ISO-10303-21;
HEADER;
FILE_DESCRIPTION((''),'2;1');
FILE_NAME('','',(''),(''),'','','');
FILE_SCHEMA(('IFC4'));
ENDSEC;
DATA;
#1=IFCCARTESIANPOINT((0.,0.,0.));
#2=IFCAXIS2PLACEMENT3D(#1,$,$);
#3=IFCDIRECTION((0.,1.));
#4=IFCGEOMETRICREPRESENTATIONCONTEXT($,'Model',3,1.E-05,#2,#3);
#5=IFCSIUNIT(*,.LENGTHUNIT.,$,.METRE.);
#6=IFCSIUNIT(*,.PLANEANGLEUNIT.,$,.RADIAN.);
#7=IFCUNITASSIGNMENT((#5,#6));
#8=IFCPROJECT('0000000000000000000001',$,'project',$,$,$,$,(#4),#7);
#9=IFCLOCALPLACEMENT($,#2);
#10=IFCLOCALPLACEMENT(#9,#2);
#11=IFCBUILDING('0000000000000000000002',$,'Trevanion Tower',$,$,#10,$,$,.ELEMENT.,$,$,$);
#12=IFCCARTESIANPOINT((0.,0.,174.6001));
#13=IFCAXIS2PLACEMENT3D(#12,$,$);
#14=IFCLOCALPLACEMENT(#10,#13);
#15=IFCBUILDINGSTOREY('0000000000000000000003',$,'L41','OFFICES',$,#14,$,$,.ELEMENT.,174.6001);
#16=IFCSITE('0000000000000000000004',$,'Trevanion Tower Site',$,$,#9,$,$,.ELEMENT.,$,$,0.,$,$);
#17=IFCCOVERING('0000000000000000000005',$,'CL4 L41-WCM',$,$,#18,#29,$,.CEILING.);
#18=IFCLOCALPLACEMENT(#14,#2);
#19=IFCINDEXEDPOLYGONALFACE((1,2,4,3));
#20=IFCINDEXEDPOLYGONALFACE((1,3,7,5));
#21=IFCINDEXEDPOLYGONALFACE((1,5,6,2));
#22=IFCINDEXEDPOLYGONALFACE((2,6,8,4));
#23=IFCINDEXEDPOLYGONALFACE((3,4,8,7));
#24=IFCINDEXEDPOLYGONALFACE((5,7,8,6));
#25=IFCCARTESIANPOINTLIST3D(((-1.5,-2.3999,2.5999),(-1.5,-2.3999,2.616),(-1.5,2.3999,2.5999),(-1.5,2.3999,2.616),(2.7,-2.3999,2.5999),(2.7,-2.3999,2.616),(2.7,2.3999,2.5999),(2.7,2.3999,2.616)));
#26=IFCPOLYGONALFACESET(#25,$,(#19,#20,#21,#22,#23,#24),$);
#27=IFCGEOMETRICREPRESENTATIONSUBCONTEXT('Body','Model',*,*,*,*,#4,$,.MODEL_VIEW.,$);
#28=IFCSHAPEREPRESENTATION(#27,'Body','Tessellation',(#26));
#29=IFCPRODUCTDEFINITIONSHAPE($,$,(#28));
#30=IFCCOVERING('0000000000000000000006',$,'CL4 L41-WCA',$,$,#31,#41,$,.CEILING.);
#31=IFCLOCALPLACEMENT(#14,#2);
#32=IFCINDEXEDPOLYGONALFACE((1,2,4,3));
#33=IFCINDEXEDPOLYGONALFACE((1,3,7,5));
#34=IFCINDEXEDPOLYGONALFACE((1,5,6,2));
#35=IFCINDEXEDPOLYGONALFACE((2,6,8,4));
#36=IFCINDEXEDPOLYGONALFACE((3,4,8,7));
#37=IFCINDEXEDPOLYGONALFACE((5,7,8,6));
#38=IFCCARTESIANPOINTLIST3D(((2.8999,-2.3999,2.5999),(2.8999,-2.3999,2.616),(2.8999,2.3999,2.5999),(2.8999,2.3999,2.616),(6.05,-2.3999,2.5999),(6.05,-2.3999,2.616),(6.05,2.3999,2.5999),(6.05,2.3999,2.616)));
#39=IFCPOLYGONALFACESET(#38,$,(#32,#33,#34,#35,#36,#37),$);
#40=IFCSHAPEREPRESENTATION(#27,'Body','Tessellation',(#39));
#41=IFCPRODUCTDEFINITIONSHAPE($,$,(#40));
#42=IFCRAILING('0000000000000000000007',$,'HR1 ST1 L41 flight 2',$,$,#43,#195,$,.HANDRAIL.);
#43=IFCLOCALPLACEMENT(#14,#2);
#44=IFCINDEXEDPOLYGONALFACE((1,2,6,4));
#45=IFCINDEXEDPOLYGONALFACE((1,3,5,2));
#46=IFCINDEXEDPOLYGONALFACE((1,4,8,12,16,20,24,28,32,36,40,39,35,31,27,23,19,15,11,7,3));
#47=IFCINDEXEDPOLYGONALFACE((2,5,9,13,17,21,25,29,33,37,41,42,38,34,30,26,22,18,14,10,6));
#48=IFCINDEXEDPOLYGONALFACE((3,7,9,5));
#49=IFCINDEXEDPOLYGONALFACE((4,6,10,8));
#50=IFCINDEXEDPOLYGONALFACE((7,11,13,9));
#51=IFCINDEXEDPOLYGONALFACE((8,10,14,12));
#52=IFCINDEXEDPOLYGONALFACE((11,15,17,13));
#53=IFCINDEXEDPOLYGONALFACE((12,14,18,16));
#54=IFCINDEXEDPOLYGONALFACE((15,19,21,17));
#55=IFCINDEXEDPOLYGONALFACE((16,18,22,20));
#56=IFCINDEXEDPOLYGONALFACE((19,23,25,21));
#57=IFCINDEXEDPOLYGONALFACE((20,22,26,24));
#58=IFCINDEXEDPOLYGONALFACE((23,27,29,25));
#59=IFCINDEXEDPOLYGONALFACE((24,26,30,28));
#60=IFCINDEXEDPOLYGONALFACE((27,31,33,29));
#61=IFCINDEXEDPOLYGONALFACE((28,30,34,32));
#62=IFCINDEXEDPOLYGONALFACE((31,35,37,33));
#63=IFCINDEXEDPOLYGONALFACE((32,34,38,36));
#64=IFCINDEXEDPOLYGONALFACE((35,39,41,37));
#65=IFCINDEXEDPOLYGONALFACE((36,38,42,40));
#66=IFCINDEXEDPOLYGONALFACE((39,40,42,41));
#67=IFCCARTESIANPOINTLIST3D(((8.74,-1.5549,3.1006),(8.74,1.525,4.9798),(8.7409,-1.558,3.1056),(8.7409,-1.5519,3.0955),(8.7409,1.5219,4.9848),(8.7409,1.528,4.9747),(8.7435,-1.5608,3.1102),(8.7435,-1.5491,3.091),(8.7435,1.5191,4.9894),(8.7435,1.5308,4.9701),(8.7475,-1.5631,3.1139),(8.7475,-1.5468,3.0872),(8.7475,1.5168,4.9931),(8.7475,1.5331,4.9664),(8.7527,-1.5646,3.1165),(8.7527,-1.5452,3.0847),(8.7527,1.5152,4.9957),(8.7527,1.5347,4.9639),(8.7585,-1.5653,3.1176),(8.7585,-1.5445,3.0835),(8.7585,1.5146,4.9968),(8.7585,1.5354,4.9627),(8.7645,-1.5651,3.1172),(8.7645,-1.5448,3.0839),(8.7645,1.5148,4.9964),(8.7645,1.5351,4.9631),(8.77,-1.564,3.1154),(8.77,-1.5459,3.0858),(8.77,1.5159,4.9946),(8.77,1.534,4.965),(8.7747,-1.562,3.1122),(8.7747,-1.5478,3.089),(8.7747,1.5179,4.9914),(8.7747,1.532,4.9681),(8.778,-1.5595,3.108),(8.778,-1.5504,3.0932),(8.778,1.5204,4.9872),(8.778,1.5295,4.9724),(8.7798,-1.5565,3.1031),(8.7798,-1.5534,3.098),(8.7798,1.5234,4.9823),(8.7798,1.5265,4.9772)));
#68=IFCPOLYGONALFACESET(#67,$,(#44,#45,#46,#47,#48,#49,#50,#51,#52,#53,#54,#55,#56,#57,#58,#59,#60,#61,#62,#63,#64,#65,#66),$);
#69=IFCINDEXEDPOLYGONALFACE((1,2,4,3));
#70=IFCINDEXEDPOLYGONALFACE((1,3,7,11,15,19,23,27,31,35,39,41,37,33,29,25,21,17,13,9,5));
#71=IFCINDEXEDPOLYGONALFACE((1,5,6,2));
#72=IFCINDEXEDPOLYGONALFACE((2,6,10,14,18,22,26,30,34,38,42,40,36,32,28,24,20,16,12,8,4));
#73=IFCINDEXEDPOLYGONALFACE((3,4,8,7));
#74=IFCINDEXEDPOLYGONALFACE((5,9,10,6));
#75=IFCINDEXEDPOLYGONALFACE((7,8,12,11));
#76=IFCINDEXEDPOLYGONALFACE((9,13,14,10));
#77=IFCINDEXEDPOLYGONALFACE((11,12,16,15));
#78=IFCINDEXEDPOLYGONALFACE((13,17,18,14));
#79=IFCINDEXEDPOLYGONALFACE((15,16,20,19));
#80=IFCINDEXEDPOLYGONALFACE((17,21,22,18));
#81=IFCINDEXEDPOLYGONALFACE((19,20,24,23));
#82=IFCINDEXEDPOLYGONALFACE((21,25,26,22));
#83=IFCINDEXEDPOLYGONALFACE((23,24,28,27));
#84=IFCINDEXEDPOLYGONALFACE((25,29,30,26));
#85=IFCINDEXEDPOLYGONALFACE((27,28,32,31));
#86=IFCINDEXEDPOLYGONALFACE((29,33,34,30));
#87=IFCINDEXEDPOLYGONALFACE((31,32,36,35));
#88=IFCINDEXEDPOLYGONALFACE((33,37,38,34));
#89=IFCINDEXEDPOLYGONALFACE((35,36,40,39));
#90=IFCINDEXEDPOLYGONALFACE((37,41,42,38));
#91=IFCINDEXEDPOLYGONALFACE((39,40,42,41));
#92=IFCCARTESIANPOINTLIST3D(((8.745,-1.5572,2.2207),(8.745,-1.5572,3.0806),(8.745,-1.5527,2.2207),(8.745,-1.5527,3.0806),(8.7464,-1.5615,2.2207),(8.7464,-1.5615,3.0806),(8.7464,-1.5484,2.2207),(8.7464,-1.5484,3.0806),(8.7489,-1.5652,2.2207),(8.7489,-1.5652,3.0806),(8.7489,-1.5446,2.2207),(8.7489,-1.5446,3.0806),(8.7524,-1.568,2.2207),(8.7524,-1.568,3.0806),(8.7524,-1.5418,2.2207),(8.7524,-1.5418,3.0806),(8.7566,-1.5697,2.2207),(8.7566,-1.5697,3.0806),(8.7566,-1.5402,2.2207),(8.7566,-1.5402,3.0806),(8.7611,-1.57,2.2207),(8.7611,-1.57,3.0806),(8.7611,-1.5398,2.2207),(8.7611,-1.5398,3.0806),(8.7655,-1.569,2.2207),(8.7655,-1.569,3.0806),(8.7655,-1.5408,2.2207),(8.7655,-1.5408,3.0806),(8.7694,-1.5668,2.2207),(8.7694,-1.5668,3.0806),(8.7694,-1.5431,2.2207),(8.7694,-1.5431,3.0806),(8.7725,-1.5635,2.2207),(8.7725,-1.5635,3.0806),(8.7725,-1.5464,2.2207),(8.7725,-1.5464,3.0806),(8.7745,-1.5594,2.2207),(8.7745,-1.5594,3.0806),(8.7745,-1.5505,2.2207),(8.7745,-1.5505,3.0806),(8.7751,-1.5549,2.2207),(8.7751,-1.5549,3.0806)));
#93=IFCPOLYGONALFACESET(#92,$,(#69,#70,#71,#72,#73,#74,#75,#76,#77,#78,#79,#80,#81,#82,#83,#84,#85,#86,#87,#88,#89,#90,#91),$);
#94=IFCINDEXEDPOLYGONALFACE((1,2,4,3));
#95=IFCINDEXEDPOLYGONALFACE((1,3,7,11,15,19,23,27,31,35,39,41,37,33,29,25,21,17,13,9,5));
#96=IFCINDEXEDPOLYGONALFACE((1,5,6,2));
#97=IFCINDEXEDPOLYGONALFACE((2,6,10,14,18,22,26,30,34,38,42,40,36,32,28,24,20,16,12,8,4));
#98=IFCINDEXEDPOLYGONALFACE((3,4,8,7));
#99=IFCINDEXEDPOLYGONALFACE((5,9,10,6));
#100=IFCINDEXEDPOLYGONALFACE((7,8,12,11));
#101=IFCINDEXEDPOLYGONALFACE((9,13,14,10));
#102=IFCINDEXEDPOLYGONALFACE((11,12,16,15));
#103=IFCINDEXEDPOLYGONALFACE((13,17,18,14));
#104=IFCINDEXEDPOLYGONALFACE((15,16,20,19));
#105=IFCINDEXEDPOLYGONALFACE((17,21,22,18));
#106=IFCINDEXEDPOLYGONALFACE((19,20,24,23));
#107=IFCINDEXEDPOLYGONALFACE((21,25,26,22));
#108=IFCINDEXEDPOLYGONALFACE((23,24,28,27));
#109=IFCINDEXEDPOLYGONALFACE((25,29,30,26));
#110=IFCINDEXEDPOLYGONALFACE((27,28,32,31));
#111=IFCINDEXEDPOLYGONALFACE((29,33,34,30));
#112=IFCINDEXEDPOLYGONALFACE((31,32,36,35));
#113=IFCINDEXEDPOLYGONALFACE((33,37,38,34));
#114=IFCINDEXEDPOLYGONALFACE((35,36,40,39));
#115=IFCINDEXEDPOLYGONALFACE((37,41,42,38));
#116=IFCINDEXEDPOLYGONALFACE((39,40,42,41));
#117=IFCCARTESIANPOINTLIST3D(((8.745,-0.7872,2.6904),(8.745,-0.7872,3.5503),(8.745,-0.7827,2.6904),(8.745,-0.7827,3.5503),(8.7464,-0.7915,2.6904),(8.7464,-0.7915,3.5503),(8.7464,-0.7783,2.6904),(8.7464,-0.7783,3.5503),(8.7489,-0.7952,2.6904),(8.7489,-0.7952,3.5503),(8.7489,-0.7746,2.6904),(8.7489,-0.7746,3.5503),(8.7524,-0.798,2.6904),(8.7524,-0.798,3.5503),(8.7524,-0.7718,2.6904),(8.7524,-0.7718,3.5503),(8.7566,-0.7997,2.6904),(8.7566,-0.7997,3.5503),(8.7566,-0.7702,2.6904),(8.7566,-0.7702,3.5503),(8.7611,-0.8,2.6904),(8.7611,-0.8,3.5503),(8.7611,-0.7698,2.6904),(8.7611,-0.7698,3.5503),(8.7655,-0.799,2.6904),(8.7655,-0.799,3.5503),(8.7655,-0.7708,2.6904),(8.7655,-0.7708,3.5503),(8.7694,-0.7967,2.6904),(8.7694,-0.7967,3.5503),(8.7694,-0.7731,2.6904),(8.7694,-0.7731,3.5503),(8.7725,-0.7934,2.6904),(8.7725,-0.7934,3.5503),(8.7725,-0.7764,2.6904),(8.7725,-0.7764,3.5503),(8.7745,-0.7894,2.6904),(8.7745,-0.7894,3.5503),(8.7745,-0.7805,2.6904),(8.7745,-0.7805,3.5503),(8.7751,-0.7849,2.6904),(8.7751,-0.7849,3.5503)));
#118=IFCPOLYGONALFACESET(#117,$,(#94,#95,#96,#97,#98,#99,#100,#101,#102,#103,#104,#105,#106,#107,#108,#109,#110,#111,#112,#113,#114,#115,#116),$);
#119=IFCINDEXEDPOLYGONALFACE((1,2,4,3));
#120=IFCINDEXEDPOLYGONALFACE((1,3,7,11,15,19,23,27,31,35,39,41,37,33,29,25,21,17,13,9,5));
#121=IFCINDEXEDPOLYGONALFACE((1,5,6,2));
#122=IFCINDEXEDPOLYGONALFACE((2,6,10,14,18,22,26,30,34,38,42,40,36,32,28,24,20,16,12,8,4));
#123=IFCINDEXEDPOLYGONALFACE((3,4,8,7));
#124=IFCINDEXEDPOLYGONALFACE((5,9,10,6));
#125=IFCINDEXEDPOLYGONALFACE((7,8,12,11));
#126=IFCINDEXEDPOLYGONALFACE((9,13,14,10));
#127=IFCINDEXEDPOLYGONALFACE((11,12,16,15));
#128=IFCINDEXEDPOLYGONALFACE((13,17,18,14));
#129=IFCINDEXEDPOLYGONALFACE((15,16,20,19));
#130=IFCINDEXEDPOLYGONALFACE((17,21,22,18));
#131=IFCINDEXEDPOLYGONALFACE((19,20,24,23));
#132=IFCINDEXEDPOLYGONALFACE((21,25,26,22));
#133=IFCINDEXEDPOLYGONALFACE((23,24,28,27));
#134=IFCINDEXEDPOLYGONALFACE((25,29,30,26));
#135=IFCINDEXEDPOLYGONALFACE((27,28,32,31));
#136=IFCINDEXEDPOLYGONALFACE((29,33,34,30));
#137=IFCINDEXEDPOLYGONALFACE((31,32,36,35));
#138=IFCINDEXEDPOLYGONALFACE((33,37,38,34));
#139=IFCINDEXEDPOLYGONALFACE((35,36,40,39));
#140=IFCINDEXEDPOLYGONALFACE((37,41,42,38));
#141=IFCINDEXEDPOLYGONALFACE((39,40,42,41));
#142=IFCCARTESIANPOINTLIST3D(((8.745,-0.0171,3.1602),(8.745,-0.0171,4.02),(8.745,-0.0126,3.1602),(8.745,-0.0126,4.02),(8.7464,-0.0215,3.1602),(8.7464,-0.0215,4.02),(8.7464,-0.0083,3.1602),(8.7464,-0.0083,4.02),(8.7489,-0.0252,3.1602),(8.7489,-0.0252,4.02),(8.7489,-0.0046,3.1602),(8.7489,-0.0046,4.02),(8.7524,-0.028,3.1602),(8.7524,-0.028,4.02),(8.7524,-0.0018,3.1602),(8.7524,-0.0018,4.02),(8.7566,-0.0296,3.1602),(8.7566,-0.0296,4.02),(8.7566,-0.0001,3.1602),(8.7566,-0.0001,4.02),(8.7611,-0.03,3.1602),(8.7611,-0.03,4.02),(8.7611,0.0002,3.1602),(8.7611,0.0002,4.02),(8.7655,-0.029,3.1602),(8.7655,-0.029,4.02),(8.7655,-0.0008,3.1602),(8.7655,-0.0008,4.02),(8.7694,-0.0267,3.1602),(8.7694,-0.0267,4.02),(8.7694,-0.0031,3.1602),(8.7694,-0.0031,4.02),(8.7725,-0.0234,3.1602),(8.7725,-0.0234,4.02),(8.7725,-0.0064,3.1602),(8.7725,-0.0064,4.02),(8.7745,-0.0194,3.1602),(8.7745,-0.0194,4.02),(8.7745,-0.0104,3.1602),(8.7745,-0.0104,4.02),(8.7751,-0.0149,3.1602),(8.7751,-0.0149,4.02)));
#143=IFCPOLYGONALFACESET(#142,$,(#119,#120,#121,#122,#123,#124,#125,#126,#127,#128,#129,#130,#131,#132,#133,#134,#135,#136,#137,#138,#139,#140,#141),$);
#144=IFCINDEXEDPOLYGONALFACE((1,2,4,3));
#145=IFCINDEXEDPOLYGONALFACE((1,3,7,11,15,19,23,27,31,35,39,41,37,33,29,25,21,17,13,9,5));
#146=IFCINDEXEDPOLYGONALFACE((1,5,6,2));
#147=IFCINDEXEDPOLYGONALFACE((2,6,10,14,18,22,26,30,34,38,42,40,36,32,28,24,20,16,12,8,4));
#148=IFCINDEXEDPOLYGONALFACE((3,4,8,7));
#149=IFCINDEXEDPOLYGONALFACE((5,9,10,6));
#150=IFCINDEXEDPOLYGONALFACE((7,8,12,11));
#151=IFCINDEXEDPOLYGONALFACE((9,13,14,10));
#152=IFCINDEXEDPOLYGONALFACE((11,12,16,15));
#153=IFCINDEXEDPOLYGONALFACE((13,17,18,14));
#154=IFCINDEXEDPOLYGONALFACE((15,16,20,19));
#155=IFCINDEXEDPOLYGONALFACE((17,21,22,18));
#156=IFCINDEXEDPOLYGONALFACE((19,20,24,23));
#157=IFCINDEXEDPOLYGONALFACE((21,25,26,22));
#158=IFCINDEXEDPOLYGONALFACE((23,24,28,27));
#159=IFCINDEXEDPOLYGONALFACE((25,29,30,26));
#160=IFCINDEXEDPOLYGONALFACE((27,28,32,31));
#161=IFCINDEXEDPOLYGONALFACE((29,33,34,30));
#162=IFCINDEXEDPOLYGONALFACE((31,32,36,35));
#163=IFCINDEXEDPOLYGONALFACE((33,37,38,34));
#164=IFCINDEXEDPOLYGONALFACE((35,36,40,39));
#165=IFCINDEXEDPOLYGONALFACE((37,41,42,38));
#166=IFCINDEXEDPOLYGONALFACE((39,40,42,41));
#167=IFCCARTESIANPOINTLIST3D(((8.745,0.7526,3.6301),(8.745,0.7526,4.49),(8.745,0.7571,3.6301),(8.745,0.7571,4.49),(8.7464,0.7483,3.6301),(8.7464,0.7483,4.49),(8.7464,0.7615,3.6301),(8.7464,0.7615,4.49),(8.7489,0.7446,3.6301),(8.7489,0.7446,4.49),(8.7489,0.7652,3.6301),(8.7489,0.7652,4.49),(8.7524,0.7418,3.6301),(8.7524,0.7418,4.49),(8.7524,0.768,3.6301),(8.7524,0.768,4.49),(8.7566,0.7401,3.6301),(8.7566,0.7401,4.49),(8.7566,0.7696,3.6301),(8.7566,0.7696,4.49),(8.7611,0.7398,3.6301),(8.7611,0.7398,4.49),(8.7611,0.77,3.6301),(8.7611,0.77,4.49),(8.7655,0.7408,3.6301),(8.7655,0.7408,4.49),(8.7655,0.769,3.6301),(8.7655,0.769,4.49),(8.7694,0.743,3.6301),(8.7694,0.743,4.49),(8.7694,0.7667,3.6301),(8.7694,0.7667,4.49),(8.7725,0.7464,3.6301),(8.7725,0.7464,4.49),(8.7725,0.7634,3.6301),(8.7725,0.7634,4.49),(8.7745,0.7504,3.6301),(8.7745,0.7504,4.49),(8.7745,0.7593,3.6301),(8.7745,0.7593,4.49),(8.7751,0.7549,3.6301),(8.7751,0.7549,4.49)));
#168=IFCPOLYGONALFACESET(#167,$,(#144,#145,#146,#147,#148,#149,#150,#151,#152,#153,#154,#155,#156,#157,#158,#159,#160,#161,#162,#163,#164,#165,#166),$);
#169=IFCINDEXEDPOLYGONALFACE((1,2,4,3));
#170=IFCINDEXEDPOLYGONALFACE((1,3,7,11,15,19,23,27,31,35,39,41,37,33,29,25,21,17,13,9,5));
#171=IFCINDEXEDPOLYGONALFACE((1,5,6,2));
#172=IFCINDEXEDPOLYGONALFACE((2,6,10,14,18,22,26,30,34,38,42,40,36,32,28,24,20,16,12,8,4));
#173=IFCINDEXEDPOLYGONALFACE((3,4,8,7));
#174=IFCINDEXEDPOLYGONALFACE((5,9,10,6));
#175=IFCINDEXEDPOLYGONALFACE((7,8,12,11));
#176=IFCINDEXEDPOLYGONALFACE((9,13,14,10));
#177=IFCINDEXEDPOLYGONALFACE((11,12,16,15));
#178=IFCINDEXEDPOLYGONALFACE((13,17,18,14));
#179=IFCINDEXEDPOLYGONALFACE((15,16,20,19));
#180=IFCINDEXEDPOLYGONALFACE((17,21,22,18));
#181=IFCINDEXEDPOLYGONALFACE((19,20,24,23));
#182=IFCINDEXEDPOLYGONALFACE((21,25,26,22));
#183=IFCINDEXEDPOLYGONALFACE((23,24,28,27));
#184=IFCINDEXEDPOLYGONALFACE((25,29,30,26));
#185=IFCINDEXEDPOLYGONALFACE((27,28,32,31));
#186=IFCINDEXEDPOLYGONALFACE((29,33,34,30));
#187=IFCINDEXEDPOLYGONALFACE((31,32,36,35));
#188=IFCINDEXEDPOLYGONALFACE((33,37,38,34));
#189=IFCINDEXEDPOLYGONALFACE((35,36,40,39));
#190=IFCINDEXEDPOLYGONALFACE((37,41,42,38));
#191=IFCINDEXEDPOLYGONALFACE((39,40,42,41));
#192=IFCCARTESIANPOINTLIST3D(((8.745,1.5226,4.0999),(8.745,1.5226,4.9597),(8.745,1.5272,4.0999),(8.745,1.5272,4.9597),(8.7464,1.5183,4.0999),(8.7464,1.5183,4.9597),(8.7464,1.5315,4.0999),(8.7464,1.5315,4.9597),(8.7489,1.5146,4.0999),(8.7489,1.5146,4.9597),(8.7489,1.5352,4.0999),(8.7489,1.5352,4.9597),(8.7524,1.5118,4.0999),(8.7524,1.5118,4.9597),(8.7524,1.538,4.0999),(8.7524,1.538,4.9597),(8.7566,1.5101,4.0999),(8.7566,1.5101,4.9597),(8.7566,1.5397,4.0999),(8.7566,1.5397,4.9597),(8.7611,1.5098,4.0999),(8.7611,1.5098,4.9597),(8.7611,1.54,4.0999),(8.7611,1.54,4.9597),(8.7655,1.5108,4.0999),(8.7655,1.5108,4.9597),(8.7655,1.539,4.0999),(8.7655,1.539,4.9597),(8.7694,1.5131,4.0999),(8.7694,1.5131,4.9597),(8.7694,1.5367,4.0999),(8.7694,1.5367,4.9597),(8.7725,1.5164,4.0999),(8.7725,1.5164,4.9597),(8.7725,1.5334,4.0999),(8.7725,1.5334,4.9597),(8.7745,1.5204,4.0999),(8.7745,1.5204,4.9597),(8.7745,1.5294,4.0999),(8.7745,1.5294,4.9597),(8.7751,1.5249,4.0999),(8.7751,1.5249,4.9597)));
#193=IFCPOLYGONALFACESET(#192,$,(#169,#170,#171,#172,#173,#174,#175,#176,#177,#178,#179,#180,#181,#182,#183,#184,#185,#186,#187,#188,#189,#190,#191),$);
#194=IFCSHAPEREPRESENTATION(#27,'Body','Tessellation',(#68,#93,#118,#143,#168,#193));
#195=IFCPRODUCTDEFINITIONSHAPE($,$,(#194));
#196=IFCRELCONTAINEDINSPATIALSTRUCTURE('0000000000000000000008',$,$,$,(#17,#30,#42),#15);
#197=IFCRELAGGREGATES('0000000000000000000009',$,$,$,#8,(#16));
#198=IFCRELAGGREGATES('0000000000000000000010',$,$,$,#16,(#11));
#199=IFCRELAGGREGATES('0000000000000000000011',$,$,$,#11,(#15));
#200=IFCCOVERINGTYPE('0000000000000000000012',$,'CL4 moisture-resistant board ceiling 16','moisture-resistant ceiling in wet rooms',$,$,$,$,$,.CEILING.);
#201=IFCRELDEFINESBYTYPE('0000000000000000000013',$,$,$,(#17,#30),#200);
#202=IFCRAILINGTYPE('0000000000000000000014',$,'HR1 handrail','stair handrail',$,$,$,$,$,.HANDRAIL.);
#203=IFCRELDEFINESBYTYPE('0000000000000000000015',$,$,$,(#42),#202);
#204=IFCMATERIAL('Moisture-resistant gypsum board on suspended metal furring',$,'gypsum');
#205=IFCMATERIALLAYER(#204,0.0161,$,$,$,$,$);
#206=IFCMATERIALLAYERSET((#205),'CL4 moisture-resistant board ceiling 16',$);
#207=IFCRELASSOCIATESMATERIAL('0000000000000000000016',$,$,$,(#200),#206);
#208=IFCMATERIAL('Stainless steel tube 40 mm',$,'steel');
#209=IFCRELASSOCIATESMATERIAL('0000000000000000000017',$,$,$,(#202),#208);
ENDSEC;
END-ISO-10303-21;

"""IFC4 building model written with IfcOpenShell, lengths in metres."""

from ifc_helpers import new_model, si_unit, direction, frame, origin, origin_2d, place, context, subcontext, project, spatial, polyline, circle, outline, extrude, material, layer, layer_set, type_object, element, save


model = new_model("IFC4")

# Units and contexts
model_context = context("Model", 3, precision=1e-05, world=origin(), true_north=direction((0.0, 1.0)))
body_context = subcontext(model_context, "Body", "Model", "MODEL_VIEW")
ifc_project = project(units=[si_unit("LENGTHUNIT", "METRE"), si_unit("PLANEANGLEUNIT", "RADIAN")], contexts=[model_context])

# Site, building, storey
site_placement = place(None, origin())
site = spatial("IfcSite", under=ifc_project, at=site_placement, Name="Trevanion Tower Site", CompositionType="ELEMENT", RefElevation=0.0)
building_placement = place(site_placement, origin())
building = spatial("IfcBuilding", under=site, at=building_placement, Name="Trevanion Tower", CompositionType="ELEMENT")
storey_placement = place(building_placement, frame((0.0, 0.0, 174.6001)))
storey = spatial("IfcBuildingStorey", under=building, at=storey_placement, Name="L41", Description="OFFICES", CompositionType="ELEMENT", Elevation=174.6001)

# Coverings
ifc_material_1 = material(Name="Moisture-resistant gypsum board on suspended metal furring", Category="gypsum")
ifc_layer_1 = layer(ifc_material_1, 0.0161)
ifc_layer_set_1 = layer_set([ifc_layer_1], Name="CL4 moisture-resistant board ceiling 16")
covering_type_1 = type_object("IfcCoveringType", Name="CL4 moisture-resistant board ceiling 16", Description="moisture-resistant ceiling in wet rooms", PredefinedType="CEILING", material=ifc_layer_set_1)
covering_1_placement = place(storey_placement, frame((0.0, 0.0, 2.5999)))
element("IfcCovering", 1, at=covering_1_placement, inside=storey, type_object=covering_type_1, Name="CL4 L41-WCM", PredefinedType="CEILING", context=body_context, shape_type="SweptSolid", body=[
    extrude(outline(polyline([(2.7, -2.3999), (2.7, 2.3999), (-1.5, 2.3999), (-1.5, -2.3999), (2.7, -2.3999)])), origin(), (0.0, 0.0, 1.0), 0.0161),
])
covering_2_placement = place(storey_placement, frame((0.0, 0.0, 2.5999)))
element("IfcCovering", 2, at=covering_2_placement, inside=storey, type_object=covering_type_1, Name="CL4 L41-WCA", PredefinedType="CEILING", context=body_context, shape_type="SweptSolid", body=[
    extrude(outline(polyline([(6.05, -2.3999), (6.05, 2.3999), (2.8999, 2.3999), (2.8999, -2.3999), (6.05, -2.3999)])), origin(), (0.0, 0.0, 1.0), 0.0161),
])

# Railing
ifc_material_2 = material(Name="Stainless steel tube 40 mm", Category="steel")
railing_type = type_object("IfcRailingType", Name="HR1 handrail", Description="stair handrail", PredefinedType="HANDRAIL", material=ifc_material_2)
for number, where, name in (
    (3, (8.76, -1.5549, 2.2207), "HR1 ST1 L41 flight 2"),
):
    element("IfcRailing", number, at=place(storey_placement, frame(where)), inside=storey, type_object=railing_type, Name=name, PredefinedType="HANDRAIL", context=body_context, shape_type="SweptSolid", body=[
        extrude(circle(Radius=0.02, at=origin_2d()), frame((0.0, 0.0, 0.8799), z_axis=(0.0, 0.853648, 0.52085), x_axis=(-1.0, 0.0, 0.0)), (0.0, 0.0, 1.0), 3.6079),
        extrude(circle(Radius=0.0151, at=origin_2d()), origin(), (0.0, 0.0, 1.0), 0.8599),
        extrude(circle(Radius=0.0151, at=origin_2d()), frame((0.0, 0.77, 0.4697)), (0.0, 0.0, 1.0), 0.8599),
        extrude(circle(Radius=0.0151, at=origin_2d()), frame((0.0, 1.54, 0.9395)), (0.0, 0.0, 1.0), 0.8599),
        extrude(circle(Radius=0.0151, at=origin_2d()), frame((0.0, 2.3098, 1.4094)), (0.0, 0.0, 1.0), 0.8599),
        extrude(circle(Radius=0.0151, at=origin_2d()), frame((0.0, 3.0798, 1.8792)), (0.0, 0.0, 1.0), 0.8599),
    ])

save(model, "model.ifc")
